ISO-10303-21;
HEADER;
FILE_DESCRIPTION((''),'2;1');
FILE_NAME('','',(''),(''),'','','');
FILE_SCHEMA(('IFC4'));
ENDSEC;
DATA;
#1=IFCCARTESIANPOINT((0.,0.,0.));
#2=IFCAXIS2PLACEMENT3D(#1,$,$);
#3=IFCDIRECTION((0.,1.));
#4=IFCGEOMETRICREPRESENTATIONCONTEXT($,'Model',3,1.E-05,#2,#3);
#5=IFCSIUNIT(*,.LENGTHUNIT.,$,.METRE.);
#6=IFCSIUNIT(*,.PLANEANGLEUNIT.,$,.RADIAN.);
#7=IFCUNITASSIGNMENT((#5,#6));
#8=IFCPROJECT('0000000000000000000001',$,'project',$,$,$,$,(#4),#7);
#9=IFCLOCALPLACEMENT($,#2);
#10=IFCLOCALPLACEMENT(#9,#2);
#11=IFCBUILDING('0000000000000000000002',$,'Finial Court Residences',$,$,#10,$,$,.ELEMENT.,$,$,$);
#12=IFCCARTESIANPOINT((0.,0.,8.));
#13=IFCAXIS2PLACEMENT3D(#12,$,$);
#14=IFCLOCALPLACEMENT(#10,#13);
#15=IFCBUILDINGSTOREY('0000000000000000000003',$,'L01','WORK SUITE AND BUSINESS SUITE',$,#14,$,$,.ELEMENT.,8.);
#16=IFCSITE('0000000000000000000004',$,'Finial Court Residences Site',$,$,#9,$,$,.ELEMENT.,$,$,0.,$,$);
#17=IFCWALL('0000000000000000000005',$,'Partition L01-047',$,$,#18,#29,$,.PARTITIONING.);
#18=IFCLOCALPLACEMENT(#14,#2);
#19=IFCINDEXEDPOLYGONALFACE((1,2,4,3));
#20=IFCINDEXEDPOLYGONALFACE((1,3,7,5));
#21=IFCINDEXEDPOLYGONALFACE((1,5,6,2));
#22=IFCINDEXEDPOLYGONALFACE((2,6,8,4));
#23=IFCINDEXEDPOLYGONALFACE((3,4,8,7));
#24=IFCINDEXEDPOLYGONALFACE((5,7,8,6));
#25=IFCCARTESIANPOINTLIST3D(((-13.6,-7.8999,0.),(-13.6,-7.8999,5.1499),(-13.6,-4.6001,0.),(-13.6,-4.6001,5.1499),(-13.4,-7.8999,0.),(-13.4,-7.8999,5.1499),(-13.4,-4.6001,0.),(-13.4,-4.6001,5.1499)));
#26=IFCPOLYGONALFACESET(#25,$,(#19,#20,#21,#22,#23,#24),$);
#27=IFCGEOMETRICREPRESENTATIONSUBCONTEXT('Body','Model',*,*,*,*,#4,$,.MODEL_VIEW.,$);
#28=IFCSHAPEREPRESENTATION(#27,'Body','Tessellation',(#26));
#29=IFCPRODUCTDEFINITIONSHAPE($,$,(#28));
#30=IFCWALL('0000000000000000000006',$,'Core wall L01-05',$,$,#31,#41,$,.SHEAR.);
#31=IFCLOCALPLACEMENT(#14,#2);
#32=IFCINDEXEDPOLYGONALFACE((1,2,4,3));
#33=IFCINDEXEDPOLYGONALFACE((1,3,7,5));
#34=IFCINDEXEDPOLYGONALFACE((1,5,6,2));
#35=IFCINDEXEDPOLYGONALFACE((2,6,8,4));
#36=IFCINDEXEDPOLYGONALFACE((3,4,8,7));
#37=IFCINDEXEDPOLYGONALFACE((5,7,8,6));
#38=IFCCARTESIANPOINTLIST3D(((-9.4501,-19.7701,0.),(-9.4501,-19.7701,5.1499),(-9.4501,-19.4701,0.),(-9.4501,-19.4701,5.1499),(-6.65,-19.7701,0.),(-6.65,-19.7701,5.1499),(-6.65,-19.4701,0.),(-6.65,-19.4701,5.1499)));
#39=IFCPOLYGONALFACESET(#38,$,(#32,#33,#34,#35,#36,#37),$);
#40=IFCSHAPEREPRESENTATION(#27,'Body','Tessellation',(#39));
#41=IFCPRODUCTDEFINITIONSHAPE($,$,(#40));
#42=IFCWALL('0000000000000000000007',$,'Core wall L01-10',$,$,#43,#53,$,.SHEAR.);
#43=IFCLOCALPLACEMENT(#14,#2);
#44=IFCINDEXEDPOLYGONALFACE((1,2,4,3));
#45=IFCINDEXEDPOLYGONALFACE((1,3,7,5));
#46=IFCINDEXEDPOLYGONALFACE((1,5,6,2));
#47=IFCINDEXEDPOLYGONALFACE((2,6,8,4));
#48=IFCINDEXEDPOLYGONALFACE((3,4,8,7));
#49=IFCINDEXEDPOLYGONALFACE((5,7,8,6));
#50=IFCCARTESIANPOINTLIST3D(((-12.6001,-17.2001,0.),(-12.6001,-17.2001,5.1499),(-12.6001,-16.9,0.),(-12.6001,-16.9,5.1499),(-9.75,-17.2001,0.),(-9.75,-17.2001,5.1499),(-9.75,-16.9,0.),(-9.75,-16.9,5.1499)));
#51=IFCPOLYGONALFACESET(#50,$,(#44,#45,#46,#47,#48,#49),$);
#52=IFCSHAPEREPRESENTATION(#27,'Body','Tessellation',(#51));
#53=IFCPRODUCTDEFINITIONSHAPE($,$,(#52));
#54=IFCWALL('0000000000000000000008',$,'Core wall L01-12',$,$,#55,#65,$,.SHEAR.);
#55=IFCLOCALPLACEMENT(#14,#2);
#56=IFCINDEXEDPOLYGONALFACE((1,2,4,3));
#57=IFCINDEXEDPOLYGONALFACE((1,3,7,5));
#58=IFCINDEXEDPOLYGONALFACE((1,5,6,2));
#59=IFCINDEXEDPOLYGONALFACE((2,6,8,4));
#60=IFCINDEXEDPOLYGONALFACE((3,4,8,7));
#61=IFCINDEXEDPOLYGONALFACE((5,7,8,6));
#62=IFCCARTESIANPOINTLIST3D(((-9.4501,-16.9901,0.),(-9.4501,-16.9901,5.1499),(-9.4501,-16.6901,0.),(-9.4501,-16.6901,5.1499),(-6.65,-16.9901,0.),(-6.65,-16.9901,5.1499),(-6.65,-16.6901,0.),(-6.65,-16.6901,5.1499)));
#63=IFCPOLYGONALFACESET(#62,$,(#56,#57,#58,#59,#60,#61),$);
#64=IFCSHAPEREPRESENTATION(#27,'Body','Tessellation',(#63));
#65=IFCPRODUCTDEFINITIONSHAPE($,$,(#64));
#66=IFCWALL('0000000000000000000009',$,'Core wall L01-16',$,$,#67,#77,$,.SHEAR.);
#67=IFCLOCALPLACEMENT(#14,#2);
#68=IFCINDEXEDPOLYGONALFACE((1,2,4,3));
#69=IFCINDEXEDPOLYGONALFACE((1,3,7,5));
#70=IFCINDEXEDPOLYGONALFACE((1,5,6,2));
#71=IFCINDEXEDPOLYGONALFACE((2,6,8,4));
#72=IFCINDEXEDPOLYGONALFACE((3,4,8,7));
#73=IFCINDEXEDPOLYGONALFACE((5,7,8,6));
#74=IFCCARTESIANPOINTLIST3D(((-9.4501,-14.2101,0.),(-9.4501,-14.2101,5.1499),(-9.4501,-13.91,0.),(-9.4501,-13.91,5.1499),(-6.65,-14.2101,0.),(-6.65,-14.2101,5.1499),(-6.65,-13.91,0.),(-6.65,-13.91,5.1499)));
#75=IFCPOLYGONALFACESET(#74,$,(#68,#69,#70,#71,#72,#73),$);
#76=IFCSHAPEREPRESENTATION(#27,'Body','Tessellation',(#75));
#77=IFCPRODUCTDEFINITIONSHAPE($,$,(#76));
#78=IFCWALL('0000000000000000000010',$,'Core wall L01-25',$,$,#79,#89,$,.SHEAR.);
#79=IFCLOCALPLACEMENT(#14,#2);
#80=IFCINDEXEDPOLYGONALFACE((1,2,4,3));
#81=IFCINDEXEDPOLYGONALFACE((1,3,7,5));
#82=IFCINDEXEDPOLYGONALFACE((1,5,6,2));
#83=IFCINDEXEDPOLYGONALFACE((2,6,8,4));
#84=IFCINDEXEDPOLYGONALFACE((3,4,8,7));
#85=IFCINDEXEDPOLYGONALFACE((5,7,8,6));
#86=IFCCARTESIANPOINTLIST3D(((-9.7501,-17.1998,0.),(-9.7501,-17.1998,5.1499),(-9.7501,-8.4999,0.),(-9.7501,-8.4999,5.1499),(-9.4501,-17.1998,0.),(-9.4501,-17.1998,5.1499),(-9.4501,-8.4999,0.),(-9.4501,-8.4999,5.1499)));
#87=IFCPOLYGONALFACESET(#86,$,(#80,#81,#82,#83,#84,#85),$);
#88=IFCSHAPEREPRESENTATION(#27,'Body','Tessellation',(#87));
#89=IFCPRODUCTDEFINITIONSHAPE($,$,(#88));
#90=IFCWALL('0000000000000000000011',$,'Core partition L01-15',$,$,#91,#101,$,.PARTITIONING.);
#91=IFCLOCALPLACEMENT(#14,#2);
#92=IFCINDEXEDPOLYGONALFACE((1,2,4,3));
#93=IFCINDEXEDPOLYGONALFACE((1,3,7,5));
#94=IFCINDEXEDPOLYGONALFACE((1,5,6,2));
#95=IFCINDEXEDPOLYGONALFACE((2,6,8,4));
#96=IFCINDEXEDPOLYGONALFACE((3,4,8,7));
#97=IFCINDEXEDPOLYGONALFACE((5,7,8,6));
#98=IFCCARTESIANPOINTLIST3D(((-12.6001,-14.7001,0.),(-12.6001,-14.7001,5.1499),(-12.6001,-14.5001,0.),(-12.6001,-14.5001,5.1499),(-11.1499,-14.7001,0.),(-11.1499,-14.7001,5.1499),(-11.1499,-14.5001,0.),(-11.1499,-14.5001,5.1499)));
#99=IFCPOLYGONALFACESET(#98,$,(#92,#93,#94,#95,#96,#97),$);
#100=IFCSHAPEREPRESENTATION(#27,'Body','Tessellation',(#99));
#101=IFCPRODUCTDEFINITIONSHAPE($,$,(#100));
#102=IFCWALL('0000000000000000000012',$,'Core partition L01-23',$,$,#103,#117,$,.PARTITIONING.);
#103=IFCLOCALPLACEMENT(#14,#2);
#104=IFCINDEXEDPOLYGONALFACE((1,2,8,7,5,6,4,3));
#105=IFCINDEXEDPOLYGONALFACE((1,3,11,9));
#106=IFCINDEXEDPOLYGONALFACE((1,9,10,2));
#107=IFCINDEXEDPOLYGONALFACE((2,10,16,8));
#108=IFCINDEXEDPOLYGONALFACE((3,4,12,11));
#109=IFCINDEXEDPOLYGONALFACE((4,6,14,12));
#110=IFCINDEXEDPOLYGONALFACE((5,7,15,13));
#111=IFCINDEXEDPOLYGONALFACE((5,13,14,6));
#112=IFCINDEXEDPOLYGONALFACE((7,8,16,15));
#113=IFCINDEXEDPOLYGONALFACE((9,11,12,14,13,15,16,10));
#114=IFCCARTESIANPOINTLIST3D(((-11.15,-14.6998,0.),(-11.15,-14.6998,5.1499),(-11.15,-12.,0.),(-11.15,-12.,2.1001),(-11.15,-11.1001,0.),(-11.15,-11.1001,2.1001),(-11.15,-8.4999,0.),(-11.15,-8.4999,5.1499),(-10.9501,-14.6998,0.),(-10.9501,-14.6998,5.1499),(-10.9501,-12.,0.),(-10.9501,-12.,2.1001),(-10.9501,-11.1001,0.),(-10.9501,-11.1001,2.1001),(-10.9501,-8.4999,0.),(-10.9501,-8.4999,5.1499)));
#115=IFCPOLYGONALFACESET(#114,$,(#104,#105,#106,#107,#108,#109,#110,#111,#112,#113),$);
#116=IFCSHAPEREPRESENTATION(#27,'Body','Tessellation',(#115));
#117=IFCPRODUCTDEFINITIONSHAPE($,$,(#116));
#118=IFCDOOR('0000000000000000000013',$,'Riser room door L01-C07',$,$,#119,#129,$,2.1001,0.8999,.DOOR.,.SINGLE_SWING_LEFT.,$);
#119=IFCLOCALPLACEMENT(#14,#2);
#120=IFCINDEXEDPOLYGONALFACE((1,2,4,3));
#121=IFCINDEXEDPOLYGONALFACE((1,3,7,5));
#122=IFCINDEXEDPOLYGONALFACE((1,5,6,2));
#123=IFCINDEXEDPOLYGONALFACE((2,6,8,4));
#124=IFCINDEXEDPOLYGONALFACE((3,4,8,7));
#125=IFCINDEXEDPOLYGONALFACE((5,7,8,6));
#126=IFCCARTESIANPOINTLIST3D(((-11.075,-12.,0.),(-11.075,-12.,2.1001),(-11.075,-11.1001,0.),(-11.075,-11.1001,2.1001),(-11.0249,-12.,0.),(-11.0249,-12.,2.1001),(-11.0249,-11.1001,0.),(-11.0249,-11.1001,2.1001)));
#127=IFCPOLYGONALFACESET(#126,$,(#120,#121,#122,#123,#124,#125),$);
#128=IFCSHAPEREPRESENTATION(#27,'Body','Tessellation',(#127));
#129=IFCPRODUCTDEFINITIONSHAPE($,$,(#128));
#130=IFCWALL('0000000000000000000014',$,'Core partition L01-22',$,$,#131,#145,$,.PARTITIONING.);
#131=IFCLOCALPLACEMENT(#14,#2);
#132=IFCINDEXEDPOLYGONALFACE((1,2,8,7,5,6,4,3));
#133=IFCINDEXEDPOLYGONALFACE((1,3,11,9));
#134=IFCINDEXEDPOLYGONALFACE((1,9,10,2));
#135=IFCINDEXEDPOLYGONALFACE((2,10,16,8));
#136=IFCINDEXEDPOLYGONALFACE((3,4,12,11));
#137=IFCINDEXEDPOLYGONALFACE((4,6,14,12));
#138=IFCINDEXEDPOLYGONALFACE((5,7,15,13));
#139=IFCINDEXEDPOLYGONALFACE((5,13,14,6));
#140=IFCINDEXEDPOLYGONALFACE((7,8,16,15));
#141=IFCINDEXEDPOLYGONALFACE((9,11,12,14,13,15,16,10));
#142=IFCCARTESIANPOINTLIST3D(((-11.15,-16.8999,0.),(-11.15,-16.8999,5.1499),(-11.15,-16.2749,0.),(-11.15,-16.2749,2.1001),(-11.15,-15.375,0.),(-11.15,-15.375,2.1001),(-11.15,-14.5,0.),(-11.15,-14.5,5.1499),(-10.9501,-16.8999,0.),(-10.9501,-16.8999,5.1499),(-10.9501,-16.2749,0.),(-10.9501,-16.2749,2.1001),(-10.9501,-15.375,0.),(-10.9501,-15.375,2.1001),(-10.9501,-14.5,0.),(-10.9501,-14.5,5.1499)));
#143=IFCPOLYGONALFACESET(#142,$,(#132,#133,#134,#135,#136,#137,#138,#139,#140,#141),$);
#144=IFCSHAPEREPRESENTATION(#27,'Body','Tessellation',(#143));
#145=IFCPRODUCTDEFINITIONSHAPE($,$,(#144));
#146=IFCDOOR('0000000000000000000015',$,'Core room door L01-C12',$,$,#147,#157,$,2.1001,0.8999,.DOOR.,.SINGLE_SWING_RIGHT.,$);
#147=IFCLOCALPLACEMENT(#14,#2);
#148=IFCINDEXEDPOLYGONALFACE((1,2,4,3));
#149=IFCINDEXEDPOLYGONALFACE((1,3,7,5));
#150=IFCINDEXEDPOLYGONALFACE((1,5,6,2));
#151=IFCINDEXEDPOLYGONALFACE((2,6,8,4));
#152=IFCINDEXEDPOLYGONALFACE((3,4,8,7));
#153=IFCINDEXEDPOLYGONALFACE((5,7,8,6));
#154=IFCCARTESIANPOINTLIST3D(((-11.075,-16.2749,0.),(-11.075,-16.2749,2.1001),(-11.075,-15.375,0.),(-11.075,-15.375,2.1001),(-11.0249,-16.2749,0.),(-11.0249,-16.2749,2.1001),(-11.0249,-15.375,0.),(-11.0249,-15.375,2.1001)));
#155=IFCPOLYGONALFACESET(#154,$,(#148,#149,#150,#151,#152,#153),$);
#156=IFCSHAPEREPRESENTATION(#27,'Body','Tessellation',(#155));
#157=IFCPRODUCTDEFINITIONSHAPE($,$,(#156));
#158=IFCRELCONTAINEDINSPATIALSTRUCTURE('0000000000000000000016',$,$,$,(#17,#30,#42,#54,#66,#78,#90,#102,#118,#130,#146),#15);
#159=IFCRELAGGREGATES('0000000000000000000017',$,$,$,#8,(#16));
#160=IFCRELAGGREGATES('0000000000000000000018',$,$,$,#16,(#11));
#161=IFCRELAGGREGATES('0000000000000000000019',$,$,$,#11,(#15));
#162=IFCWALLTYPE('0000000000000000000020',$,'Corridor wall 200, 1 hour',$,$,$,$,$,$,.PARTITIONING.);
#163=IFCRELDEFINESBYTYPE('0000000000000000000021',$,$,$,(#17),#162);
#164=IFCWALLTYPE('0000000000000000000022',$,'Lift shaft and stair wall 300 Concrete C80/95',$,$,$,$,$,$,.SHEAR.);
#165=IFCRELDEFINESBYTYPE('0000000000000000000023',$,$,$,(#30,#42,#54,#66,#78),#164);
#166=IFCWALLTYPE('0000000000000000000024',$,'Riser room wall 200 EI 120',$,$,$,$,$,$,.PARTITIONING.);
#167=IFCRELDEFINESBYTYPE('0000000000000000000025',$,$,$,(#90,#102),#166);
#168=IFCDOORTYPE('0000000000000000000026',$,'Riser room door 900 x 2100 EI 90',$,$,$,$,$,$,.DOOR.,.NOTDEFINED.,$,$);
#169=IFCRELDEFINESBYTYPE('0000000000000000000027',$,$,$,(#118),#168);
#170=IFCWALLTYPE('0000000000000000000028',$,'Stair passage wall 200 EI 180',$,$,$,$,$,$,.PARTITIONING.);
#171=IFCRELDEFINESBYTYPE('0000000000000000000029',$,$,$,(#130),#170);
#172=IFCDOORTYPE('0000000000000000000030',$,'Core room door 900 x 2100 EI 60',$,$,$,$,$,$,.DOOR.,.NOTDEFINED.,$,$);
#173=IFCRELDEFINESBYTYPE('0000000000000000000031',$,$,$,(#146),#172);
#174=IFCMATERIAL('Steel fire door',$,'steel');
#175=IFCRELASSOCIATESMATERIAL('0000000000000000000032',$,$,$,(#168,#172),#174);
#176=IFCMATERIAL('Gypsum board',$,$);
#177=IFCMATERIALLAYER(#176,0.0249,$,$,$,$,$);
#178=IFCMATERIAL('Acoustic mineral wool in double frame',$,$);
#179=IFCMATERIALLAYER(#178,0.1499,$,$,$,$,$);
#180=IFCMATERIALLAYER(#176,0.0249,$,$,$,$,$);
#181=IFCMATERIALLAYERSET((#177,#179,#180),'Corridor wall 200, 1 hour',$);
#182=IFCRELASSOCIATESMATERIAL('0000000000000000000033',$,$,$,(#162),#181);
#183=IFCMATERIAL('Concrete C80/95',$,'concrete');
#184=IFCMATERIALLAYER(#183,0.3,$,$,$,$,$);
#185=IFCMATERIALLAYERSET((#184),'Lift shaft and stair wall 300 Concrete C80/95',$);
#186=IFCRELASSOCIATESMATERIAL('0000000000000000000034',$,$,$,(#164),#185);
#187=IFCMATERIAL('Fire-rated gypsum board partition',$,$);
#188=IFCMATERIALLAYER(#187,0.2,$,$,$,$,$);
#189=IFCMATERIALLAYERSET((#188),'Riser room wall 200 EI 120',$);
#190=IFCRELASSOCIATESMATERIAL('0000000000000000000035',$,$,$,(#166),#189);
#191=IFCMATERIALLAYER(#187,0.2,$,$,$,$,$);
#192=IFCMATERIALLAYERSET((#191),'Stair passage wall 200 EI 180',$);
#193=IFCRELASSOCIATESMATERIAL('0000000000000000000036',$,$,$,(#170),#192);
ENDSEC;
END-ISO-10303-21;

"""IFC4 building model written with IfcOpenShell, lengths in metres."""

from ifc_helpers import new_model, si_unit, direction, frame, frame_2d, origin, place, context, subcontext, project, spatial, rectangle, extrude, material, layer, layer_set, type_object, element, fill, save


model = new_model("IFC4")

# Units and contexts
model_context = context("Model", 3, precision=1e-05, world=origin(), true_north=direction((0.0, 1.0)))
body_context = subcontext(model_context, "Body", "Model", "MODEL_VIEW")
ifc_project = project(units=[si_unit("LENGTHUNIT", "METRE"), si_unit("PLANEANGLEUNIT", "RADIAN")], contexts=[model_context])

# Site, building, storey
site_placement = place(None, origin())
site = spatial("IfcSite", under=ifc_project, at=site_placement, Name="Finial Court Residences Site", CompositionType="ELEMENT", RefElevation=0.0)
building_placement = place(site_placement, origin())
building = spatial("IfcBuilding", under=site, at=building_placement, Name="Finial Court Residences", CompositionType="ELEMENT")
storey_placement = place(building_placement, frame((0.0, 0.0, 8.0)))
storey = spatial("IfcBuildingStorey", under=building, at=storey_placement, Name="L01", Description="WORK SUITE AND BUSINESS SUITE", CompositionType="ELEMENT", Elevation=8.0)

# Shared definitions
ifc_material_1 = material(Name="Concrete C80/95", Category="concrete")

# Shared definitions
ifc_material_2 = material(Name="Steel fire door", Category="steel")
door_type_1 = type_object("IfcDoorType", Name="Riser room door 900 x 2100 EI 90", OperationType="NOTDEFINED", PredefinedType="DOOR", material=ifc_material_2)

# Walls
ifc_material_3 = material(Name="Gypsum board")
ifc_layer_1 = layer(ifc_material_3, 0.0249)
ifc_material_4 = material(Name="Acoustic mineral wool in double frame")
ifc_layer_2 = layer(ifc_material_4, 0.1499)
ifc_layer_3 = layer(ifc_material_3, 0.0249)
ifc_layer_set_1 = layer_set([ifc_layer_1, ifc_layer_2, ifc_layer_3], Name="Corridor wall 200, 1 hour")
wall_type_1 = type_object("IfcWallType", Name="Corridor wall 200, 1 hour", PredefinedType="PARTITIONING", material=ifc_layer_set_1)
wall_1_placement = place(storey_placement, frame((-13.5, -7.8999, 0.0), z_axis=(0.0, 0.0, 1.0), x_axis=(0.0, 1.0, 0.0)))
element("IfcWall", 1, at=wall_1_placement, inside=storey, type_object=wall_type_1, Name="Partition L01-047", PredefinedType="PARTITIONING", context=body_context, shape_type="SweptSolid", body=[
    extrude(rectangle(XDim=3.2998, YDim=0.2, at=frame_2d((1.6499, 0.0))), origin(), (0.0, 0.0, 1.0), 5.1499),
])
ifc_layer_4 = layer(ifc_material_1, 0.3)
ifc_layer_set_2 = layer_set([ifc_layer_4], Name="Lift shaft and stair wall 300 Concrete C80/95")
wall_type_2 = type_object("IfcWallType", Name="Lift shaft and stair wall 300 Concrete C80/95", PredefinedType="SHEAR", material=ifc_layer_set_2)
wall_2_placement = place(storey_placement, frame((-9.45, -19.6201, 0.0), z_axis=(0.0, 0.0, 1.0), x_axis=(1.0, 0.0, 0.0)))
element("IfcWall", 2, at=wall_2_placement, inside=storey, type_object=wall_type_2, Name="Core wall L01-05", PredefinedType="SHEAR", context=body_context, shape_type="SweptSolid", body=[
    extrude(rectangle(XDim=2.8, YDim=0.3, at=frame_2d((1.3999, 0.0))), origin(), (0.0, 0.0, 1.0), 5.1499),
])
wall_3_placement = place(storey_placement, frame((-12.6001, -17.05, 0.0), z_axis=(0.0, 0.0, 1.0), x_axis=(1.0, 0.0, 0.0)))
element("IfcWall", 3, at=wall_3_placement, inside=storey, type_object=wall_type_2, Name="Core wall L01-10", PredefinedType="SHEAR", context=body_context, shape_type="SweptSolid", body=[
    extrude(rectangle(XDim=2.8501, YDim=0.3, at=frame_2d((1.425, 0.0))), origin(), (0.0, 0.0, 1.0), 5.1499),
])
for number, where, z_axis, x_axis, name in (
    (4, (-9.45, -16.8401, 0.0), (0.0, 0.0, 1.0), (1.0, 0.0, 0.0), "Core wall L01-12"),
    (5, (-9.45, -14.0601, 0.0), (0.0, 0.0, 1.0), (1.0, 0.0, 0.0), "Core wall L01-16"),
):
    element("IfcWall", number, at=place(storey_placement, frame(where, z_axis=z_axis, x_axis=x_axis)), inside=storey, type_object=wall_type_2, Name=name, PredefinedType="SHEAR", context=body_context, shape_type="SweptSolid", body=[
        extrude(rectangle(XDim=2.8, YDim=0.3, at=frame_2d((1.3999, 0.0))), origin(), (0.0, 0.0, 1.0), 5.1499),
    ])
wall_4_placement = place(storey_placement, frame((-9.6001, -17.2, 0.0), z_axis=(0.0, 0.0, 1.0), x_axis=(0.0, 1.0, 0.0)))
element("IfcWall", 6, at=wall_4_placement, inside=storey, type_object=wall_type_2, Name="Core wall L01-25", PredefinedType="SHEAR", context=body_context, shape_type="SweptSolid", body=[
    extrude(rectangle(XDim=8.7, YDim=0.3, at=frame_2d((4.3501, 0.0))), origin(), (0.0, 0.0, 1.0), 5.1499),
])
ifc_material_5 = material(Name="Fire-rated gypsum board partition")
ifc_layer_5 = layer(ifc_material_5, 0.2)
ifc_layer_set_3 = layer_set([ifc_layer_5], Name="Riser room wall 200 EI 120")
wall_type_3 = type_object("IfcWallType", Name="Riser room wall 200 EI 120", PredefinedType="PARTITIONING", material=ifc_layer_set_3)
wall_5_placement = place(storey_placement, frame((-12.6001, -14.6001, 0.0), z_axis=(0.0, 0.0, 1.0), x_axis=(1.0, 0.0, 0.0)))
element("IfcWall", 7, at=wall_5_placement, inside=storey, type_object=wall_type_3, Name="Core partition L01-15", PredefinedType="PARTITIONING", context=body_context, shape_type="SweptSolid", body=[
    extrude(rectangle(XDim=1.4502, YDim=0.2, at=frame_2d((0.7251, 0.0))), origin(), (0.0, 0.0, 1.0), 5.1499),
])

# Walls, openings, doors
wall_6_placement = place(storey_placement, frame((-11.05, -14.7, 0.0), z_axis=(0.0, 0.0, 1.0), x_axis=(0.0, 1.0, 0.0)))
wall_6 = element("IfcWall", 8, at=wall_6_placement, inside=storey, type_object=wall_type_3, Name="Core partition L01-23", PredefinedType="PARTITIONING", context=body_context, shape_type="SweptSolid", body=[
    extrude(rectangle(XDim=6.2, YDim=0.2, at=frame_2d((3.1001, 0.0))), origin(), (0.0, 0.0, 1.0), 5.1499),
])
opening_1_placement = place(wall_6_placement, frame((2.7, 0.0, 0.0)))
opening_1 = element("IfcOpeningElement", 9, at=opening_1_placement, cuts=wall_6, PredefinedType="OPENING", context=body_context, shape_type="SweptSolid", body=[
    extrude(rectangle(XDim=0.8999, YDim=2.1001, at=frame_2d((0.45, 1.05))), frame((0.0, 0.1099, 0.0), z_axis=(0.0, -1.0, 0.0), x_axis=(1.0, 0.0, 0.0)), (0.0, 0.0, 1.0), 0.22),
])
door_1_placement = place(opening_1_placement, origin())
door_1 = element("IfcDoor", 10, at=door_1_placement, inside=storey, type_object=door_type_1, Name="Riser room door L01-C07", OperationType="SINGLE_SWING_LEFT", OverallHeight=2.1001, OverallWidth=0.8999, PredefinedType="DOOR", context=body_context, shape_type="SweptSolid", body=[
    extrude(rectangle(XDim=0.8999, YDim=2.1001, at=frame_2d((0.45, 1.05))), frame((0.0, 0.0249, 0.0), z_axis=(0.0, -1.0, 0.0), x_axis=(1.0, 0.0, 0.0)), (0.0, 0.0, 1.0), 0.05),
])
fill(opening_1, door_1)
ifc_layer_6 = layer(ifc_material_5, 0.2)
ifc_layer_set_4 = layer_set([ifc_layer_6], Name="Stair passage wall 200 EI 180")
wall_type_4 = type_object("IfcWallType", Name="Stair passage wall 200 EI 180", PredefinedType="PARTITIONING", material=ifc_layer_set_4)
wall_7_placement = place(storey_placement, frame((-11.05, -16.8999, 0.0), z_axis=(0.0, 0.0, 1.0), x_axis=(0.0, 1.0, 0.0)))
wall_7 = element("IfcWall", 11, at=wall_7_placement, inside=storey, type_object=wall_type_4, Name="Core partition L01-22", PredefinedType="PARTITIONING", context=body_context, shape_type="SweptSolid", body=[
    extrude(rectangle(XDim=2.3999, YDim=0.2, at=frame_2d((1.2, 0.0))), origin(), (0.0, 0.0, 1.0), 5.1499),
])
opening_2_placement = place(wall_7_placement, frame((0.625, 0.0, 0.0)))
opening_2 = element("IfcOpeningElement", 12, at=opening_2_placement, cuts=wall_7, PredefinedType="OPENING", context=body_context, shape_type="SweptSolid", body=[
    extrude(rectangle(XDim=0.8999, YDim=2.1001, at=frame_2d((0.45, 1.05))), frame((0.0, 0.1099, 0.0), z_axis=(0.0, -1.0, 0.0), x_axis=(1.0, 0.0, 0.0)), (0.0, 0.0, 1.0), 0.22),
])
door_type_2 = type_object("IfcDoorType", Name="Core room door 900 x 2100 EI 60", OperationType="NOTDEFINED", PredefinedType="DOOR", material=ifc_material_2)
door_2_placement = place(opening_2_placement, origin())
door_2 = element("IfcDoor", 13, at=door_2_placement, inside=storey, type_object=door_type_2, Name="Core room door L01-C12", OperationType="SINGLE_SWING_RIGHT", OverallHeight=2.1001, OverallWidth=0.8999, PredefinedType="DOOR", context=body_context, shape_type="SweptSolid", body=[
    extrude(rectangle(XDim=0.8999, YDim=2.1001, at=frame_2d((0.45, 1.05))), frame((0.0, 0.0249, 0.0), z_axis=(0.0, -1.0, 0.0), x_axis=(1.0, 0.0, 0.0)), (0.0, 0.0, 1.0), 0.05),
])
fill(opening_2, door_2)

save(model, "model.ifc")
